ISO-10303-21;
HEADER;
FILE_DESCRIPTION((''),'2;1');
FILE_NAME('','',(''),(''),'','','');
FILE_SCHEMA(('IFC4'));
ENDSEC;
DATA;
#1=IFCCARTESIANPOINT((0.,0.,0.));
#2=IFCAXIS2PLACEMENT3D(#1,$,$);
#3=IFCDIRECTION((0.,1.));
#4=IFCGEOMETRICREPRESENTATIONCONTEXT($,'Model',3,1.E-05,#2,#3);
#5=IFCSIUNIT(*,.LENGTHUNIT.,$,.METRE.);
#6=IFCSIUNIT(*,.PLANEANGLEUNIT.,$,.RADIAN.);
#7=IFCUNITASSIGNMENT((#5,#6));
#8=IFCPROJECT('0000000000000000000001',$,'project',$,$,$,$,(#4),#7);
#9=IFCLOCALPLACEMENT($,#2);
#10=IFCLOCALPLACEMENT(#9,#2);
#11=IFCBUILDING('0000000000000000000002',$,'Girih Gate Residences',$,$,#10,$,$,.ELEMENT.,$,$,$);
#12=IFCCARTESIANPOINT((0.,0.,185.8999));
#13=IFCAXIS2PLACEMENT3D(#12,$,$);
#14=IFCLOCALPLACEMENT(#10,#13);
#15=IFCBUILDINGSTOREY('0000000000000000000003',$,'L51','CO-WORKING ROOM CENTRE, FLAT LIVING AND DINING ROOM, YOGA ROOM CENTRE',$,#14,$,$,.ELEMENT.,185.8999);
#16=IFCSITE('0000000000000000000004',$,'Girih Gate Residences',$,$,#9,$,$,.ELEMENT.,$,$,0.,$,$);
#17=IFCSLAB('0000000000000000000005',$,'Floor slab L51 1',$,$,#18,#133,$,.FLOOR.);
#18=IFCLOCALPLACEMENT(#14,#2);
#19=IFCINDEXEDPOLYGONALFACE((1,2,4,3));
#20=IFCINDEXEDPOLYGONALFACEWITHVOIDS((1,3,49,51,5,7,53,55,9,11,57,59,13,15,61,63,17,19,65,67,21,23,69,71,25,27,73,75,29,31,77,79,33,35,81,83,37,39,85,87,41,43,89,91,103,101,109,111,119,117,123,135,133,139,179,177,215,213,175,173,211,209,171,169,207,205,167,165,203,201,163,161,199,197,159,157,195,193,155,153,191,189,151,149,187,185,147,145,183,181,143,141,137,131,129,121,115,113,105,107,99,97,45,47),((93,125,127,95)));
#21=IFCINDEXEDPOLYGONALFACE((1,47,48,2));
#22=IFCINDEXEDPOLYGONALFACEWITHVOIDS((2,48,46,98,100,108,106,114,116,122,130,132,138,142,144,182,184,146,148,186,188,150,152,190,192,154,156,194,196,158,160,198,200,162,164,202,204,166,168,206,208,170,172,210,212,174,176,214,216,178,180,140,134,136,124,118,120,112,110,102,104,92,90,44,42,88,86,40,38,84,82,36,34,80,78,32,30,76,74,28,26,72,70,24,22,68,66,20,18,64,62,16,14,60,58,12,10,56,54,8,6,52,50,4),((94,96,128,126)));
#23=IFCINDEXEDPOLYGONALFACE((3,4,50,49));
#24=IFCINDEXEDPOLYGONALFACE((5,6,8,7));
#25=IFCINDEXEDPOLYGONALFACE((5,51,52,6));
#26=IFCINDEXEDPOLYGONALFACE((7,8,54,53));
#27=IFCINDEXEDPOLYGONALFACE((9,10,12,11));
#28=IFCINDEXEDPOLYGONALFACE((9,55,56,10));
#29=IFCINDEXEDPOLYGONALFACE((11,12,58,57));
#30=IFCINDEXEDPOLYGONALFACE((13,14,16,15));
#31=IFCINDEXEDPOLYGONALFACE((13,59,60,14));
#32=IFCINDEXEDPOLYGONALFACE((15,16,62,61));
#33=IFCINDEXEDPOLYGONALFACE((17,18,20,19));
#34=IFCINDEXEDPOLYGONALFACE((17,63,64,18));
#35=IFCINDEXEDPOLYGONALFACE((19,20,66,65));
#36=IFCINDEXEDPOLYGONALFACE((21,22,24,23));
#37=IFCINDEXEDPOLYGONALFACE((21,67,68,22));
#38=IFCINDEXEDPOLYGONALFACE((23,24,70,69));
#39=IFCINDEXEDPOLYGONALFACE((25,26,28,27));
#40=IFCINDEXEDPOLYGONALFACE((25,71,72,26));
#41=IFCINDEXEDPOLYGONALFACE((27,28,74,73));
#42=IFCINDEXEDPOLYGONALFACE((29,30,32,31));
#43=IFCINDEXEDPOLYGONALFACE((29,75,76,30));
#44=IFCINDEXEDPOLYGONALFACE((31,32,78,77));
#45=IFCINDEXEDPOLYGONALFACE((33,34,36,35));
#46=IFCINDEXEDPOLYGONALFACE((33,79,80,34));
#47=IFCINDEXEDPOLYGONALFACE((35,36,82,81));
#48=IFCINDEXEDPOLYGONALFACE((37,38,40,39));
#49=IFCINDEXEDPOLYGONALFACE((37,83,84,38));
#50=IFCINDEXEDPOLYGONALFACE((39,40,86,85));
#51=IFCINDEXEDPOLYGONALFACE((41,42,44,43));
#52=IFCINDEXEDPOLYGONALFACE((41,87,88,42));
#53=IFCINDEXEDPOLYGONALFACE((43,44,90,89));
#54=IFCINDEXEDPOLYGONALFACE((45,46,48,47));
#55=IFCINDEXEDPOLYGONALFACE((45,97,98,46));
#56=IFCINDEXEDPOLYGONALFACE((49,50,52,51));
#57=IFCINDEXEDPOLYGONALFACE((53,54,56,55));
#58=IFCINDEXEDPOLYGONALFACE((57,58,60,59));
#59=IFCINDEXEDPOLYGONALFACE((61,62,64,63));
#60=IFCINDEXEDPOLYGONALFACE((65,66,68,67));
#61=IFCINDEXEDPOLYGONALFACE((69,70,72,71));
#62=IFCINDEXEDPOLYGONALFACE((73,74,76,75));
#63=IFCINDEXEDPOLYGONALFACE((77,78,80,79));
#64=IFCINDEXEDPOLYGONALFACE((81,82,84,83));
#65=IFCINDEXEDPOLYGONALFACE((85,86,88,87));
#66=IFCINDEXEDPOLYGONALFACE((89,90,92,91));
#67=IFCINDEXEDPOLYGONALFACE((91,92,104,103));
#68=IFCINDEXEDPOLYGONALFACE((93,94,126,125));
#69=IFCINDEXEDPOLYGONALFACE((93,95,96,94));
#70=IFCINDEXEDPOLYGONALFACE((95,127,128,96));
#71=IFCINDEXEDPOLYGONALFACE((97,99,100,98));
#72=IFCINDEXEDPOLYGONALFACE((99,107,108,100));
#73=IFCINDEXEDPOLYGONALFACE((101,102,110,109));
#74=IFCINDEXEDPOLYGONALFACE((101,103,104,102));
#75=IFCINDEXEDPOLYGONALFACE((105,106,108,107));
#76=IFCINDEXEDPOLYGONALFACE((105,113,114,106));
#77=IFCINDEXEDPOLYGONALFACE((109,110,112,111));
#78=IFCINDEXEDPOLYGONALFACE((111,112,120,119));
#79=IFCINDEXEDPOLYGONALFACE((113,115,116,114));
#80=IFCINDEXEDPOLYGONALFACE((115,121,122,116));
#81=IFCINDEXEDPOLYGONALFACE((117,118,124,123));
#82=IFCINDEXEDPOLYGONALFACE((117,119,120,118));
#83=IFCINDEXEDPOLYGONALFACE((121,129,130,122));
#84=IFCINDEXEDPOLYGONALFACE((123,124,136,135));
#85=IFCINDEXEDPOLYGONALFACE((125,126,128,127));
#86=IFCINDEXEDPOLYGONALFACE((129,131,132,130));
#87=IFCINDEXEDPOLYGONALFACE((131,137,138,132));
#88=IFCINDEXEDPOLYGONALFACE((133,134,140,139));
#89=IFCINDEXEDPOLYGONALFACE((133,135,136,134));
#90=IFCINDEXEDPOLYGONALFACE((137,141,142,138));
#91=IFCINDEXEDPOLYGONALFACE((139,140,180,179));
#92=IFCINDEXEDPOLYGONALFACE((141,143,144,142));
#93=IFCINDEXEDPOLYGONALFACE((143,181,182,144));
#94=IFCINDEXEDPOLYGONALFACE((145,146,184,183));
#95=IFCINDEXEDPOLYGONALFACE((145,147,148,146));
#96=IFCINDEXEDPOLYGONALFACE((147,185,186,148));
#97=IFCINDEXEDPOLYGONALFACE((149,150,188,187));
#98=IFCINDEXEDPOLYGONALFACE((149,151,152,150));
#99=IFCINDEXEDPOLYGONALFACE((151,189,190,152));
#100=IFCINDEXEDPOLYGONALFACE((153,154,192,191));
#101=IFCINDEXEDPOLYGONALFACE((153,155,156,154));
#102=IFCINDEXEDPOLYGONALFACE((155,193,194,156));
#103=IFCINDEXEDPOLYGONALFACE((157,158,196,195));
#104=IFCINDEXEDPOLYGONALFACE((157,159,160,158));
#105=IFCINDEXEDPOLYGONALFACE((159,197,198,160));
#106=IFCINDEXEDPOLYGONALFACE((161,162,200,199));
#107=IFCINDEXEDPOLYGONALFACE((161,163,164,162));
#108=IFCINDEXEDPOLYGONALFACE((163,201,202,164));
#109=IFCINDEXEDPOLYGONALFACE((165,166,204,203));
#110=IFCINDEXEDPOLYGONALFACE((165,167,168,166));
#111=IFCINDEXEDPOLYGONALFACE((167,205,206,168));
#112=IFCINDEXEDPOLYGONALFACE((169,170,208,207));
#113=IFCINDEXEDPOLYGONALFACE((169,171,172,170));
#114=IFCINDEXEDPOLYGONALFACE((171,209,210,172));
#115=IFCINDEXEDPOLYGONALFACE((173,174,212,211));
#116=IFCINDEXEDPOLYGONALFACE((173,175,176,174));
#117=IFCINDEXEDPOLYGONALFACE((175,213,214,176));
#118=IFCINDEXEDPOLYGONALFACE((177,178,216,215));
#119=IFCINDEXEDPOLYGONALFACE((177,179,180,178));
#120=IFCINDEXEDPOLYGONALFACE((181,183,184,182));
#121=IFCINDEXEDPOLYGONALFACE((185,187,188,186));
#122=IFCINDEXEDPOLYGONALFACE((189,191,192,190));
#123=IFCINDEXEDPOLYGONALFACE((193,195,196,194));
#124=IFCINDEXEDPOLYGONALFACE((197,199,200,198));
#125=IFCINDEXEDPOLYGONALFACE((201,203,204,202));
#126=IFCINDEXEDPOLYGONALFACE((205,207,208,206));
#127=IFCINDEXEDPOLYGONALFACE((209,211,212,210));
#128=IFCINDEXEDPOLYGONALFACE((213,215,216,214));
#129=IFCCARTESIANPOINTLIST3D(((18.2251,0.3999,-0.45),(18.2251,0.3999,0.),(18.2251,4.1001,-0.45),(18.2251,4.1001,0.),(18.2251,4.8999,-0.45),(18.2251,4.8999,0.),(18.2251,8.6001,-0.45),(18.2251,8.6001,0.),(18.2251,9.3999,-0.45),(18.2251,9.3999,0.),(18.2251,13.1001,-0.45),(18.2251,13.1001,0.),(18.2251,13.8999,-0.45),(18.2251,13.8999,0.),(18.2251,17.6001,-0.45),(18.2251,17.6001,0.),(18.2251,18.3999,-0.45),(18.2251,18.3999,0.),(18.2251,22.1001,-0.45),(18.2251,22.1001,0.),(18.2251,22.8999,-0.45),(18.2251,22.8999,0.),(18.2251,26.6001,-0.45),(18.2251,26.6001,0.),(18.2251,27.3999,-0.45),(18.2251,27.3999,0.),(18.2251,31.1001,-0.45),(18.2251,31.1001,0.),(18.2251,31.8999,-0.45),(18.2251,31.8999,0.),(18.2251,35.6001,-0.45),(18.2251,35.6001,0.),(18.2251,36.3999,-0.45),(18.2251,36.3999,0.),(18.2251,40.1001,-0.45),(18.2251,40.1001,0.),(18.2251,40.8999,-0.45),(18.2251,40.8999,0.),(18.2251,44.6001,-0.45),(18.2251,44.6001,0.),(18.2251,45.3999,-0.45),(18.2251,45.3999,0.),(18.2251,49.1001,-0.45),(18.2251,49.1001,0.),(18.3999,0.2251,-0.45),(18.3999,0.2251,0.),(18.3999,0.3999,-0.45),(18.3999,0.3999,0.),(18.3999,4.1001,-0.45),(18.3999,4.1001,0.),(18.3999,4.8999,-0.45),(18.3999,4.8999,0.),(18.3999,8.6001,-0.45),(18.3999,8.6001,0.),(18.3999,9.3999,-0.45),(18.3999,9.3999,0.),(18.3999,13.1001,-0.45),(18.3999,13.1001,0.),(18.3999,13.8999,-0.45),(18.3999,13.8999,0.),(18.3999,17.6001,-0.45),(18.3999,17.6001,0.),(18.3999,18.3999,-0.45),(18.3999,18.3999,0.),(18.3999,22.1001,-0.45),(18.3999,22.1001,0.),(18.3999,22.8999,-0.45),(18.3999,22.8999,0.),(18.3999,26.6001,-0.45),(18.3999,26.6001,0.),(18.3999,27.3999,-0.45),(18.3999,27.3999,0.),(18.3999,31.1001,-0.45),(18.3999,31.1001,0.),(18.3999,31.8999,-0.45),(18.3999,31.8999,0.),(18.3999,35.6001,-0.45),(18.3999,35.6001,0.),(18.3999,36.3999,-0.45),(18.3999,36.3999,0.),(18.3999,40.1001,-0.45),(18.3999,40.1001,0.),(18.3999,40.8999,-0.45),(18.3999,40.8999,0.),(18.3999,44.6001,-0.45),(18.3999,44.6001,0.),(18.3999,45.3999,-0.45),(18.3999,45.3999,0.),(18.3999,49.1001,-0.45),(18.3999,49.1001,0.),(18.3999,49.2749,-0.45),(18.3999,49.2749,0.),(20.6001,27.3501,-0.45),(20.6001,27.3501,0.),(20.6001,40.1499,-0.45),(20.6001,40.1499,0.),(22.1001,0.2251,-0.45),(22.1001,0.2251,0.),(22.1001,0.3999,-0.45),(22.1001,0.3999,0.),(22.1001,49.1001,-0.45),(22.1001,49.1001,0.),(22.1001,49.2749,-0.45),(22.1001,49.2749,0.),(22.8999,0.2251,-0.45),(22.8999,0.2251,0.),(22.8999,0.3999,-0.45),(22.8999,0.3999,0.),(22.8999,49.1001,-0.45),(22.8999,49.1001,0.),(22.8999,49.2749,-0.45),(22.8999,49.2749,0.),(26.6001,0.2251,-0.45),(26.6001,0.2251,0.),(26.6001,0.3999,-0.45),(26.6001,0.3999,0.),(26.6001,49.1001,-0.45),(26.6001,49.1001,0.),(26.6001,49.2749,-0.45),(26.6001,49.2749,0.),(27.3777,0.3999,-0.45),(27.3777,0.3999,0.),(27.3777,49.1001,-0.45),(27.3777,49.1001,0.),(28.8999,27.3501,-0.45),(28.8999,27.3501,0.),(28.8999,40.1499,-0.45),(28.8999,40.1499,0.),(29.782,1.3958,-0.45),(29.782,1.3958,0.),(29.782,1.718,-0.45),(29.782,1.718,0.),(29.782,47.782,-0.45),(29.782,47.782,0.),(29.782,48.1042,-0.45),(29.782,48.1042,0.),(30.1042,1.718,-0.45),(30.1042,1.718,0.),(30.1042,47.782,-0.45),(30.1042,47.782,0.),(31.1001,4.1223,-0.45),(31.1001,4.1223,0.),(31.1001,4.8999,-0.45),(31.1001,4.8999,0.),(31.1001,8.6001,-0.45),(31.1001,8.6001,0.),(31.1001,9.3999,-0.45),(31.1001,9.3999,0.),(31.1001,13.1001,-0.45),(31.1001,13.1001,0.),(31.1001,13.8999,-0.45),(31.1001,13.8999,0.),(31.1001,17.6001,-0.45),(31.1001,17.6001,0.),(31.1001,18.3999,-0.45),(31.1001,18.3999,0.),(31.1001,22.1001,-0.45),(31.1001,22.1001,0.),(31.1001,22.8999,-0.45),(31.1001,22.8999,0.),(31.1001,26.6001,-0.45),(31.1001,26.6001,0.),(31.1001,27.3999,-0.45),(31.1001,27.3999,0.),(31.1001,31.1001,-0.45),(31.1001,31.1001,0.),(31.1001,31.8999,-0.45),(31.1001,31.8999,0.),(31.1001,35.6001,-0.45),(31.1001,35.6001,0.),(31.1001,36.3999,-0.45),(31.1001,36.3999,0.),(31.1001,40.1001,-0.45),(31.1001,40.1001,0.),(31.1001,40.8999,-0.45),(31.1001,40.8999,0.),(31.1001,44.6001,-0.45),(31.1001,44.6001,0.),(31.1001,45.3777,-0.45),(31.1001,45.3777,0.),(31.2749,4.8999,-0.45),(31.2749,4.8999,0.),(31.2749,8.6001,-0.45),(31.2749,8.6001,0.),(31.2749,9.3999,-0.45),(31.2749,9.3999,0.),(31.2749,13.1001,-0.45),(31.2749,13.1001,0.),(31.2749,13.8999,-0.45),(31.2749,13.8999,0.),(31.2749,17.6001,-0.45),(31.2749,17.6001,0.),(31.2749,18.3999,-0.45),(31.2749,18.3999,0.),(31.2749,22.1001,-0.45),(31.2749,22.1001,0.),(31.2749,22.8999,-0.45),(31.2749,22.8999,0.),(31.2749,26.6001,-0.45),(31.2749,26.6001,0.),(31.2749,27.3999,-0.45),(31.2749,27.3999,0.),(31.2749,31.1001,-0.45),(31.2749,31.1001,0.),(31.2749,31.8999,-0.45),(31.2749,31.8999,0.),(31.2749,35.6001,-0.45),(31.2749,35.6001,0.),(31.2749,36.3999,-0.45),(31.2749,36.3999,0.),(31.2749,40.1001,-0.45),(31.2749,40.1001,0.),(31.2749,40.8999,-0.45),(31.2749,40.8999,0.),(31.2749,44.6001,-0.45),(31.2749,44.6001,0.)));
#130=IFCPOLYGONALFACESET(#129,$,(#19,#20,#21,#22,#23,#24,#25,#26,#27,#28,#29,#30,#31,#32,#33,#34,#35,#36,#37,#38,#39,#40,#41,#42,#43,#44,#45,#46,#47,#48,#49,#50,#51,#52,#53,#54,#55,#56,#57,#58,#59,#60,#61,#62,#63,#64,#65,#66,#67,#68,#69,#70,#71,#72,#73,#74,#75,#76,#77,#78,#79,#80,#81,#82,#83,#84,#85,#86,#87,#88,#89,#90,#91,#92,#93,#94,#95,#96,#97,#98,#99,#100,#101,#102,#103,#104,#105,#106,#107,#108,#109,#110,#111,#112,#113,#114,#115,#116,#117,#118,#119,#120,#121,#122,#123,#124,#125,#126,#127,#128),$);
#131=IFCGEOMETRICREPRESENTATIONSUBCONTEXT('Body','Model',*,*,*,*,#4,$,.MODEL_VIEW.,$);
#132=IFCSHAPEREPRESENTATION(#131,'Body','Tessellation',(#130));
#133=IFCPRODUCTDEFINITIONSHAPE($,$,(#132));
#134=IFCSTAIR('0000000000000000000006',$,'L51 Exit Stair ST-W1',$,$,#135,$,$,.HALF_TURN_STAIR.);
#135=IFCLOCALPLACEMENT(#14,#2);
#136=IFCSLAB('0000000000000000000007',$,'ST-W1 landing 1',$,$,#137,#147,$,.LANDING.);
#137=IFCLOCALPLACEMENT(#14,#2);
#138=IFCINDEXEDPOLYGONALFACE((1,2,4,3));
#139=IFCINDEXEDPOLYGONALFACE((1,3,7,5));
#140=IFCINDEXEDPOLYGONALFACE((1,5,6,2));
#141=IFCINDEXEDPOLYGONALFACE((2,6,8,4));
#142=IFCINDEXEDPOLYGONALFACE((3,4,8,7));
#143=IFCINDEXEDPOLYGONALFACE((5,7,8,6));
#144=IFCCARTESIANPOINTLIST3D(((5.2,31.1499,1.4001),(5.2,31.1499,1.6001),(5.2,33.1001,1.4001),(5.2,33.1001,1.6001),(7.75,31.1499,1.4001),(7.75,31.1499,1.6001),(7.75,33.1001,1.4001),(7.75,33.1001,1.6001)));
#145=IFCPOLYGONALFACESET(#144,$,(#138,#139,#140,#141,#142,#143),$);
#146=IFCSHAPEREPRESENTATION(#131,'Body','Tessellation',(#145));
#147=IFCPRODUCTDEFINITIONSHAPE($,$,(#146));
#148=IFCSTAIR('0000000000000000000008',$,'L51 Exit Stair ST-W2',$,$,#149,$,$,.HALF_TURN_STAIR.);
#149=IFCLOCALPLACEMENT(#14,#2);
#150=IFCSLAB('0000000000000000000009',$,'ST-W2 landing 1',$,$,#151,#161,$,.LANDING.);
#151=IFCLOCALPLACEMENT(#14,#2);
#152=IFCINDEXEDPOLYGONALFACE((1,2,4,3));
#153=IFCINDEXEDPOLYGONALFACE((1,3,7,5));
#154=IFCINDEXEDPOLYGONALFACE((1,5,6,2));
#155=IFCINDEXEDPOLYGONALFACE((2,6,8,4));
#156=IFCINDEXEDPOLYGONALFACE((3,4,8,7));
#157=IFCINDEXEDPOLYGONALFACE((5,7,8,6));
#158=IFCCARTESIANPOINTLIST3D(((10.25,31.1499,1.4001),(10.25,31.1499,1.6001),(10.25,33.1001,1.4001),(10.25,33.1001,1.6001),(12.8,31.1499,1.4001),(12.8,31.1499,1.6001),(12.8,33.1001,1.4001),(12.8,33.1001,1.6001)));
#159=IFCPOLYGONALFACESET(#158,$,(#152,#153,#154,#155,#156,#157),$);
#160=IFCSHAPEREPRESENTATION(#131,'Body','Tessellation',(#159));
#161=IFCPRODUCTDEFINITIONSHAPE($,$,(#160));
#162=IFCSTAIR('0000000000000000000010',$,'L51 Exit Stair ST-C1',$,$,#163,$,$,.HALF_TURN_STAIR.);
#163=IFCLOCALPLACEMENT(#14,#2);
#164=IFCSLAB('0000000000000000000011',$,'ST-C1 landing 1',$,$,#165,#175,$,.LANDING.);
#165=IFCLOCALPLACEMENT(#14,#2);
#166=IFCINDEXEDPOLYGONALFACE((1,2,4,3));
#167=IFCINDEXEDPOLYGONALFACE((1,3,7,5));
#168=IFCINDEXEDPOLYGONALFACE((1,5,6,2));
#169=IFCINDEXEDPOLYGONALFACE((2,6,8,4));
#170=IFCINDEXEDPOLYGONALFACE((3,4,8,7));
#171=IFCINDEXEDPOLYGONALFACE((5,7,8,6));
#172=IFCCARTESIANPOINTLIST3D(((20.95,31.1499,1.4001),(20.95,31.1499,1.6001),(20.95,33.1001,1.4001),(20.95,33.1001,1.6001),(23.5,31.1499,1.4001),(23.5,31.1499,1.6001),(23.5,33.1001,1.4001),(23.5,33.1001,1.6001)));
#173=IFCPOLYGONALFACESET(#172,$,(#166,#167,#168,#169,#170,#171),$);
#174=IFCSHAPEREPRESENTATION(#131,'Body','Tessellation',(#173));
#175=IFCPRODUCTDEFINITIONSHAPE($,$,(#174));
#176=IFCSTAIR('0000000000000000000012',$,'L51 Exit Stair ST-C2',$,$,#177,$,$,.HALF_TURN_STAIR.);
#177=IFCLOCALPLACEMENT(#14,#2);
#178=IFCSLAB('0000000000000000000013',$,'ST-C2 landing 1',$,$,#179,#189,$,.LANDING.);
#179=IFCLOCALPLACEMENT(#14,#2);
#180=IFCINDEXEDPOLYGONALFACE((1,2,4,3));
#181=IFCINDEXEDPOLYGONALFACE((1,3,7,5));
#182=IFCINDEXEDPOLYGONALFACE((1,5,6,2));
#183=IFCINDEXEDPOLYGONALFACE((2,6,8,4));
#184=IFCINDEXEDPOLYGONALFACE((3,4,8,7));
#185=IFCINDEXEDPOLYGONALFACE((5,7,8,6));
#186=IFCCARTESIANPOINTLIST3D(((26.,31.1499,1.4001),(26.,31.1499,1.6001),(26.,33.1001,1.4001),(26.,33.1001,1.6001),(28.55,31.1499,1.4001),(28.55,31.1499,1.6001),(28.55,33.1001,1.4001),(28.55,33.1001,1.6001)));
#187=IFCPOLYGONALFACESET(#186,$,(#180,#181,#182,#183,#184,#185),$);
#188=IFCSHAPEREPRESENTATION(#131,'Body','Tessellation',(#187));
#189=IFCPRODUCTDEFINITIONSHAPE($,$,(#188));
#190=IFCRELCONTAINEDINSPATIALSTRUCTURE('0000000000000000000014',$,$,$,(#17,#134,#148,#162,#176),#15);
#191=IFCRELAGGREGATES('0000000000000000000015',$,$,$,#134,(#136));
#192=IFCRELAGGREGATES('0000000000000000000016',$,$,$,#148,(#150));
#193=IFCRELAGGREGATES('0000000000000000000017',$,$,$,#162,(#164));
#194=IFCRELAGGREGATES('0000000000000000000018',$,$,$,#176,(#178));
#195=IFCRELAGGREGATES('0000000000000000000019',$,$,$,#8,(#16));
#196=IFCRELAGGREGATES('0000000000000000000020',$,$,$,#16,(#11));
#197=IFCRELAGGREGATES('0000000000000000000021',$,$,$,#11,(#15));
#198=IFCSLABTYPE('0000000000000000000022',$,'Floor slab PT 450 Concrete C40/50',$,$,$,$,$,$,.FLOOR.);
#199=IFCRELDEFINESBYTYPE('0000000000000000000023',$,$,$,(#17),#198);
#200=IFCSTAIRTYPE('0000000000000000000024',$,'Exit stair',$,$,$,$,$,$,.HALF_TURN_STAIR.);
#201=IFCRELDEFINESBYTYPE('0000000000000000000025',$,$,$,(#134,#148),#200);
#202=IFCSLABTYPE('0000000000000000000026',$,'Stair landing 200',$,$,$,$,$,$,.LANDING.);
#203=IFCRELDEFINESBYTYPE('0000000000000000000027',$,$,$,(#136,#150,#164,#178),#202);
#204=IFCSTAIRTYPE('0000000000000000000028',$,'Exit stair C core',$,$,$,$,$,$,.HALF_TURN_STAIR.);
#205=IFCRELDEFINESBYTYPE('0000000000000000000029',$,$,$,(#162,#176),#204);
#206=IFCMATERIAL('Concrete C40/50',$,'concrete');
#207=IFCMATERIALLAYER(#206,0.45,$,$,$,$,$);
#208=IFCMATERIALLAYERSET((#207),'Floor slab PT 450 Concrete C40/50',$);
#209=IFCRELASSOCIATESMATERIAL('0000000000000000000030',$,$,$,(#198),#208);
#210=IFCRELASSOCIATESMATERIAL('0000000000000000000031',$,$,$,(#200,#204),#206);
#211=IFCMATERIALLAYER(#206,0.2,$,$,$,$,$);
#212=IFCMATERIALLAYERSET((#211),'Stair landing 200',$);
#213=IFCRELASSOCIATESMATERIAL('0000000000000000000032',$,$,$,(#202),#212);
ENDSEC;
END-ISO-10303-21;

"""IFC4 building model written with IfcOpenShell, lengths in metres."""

from ifc_helpers import new_model, si_unit, direction, frame, origin, place, context, subcontext, project, spatial, polyline, outline, extrude, material, layer, layer_set, type_object, element, aggregate, save


model = new_model("IFC4")

# Units and contexts
model_context = context("Model", 3, precision=1e-05, world=origin(), true_north=direction((0.0, 1.0)))
body_context = subcontext(model_context, "Body", "Model", "MODEL_VIEW")
ifc_project = project(units=[si_unit("LENGTHUNIT", "METRE"), si_unit("PLANEANGLEUNIT", "RADIAN")], contexts=[model_context])

# Site, building, storey
site_placement = place(None, origin())
site = spatial("IfcSite", under=ifc_project, at=site_placement, Name="Girih Gate Residences", CompositionType="ELEMENT", RefElevation=0.0)
building_placement = place(site_placement, origin())
building = spatial("IfcBuilding", under=site, at=building_placement, Name="Girih Gate Residences", CompositionType="ELEMENT")
storey_placement = place(building_placement, frame((0.0, 0.0, 185.8999)))
storey = spatial("IfcBuildingStorey", under=building, at=storey_placement, Name="L51", Description="CO-WORKING ROOM CENTRE, FLAT LIVING AND DINING ROOM, YOGA ROOM CENTRE", CompositionType="ELEMENT", Elevation=185.8999)

# Slab
ifc_material_1 = material(Name="Concrete C40/50", Category="concrete")
ifc_layer_1 = layer(ifc_material_1, 0.45)
ifc_layer_set_1 = layer_set([ifc_layer_1], Name="Floor slab PT 450 Concrete C40/50")
slab_type_1 = type_object("IfcSlabType", Name="Floor slab PT 450 Concrete C40/50", PredefinedType="FLOOR", material=ifc_layer_set_1)
slab_1_placement = place(storey_placement, frame((0.0, 0.0, -0.45)))
element("IfcSlab", 1, at=slab_1_placement, inside=storey, type_object=slab_type_1, Name="Floor slab L51 1", PredefinedType="FLOOR", context=body_context, shape_type="SweptSolid", body=[
    extrude(outline(polyline([(22.8999, 0.2251), (26.6001, 0.2251), (26.6001, 0.3999), (27.3777, 0.3999), (29.782, 1.3958), (29.782, 1.718), (30.1042, 1.718), (31.1001, 4.1223), (31.1001, 4.8999), (31.2749, 4.8999), (31.2749, 8.6001), (31.1001, 8.6001), (31.1001, 9.3999), (31.2749, 9.3999), (31.2749, 13.1001), (31.1001, 13.1001), (31.1001, 13.8999), (31.2749, 13.8999), (31.2749, 17.6001), (31.1001, 17.6001), (31.1001, 18.3999), (31.2749, 18.3999), (31.2749, 22.1001), (31.1001, 22.1001), (31.1001, 22.8999), (31.2749, 22.8999), (31.2749, 26.6001), (31.1001, 26.6001), (31.1001, 27.3999), (31.2749, 27.3999), (31.2749, 31.1001), (31.1001, 31.1001), (31.1001, 31.8999), (31.2749, 31.8999), (31.2749, 35.6001), (31.1001, 35.6001), (31.1001, 36.3999), (31.2749, 36.3999), (31.2749, 40.1001), (31.1001, 40.1001), (31.1001, 40.8999), (31.2749, 40.8999), (31.2749, 44.6001), (31.1001, 44.6001), (31.1001, 45.3777), (30.1042, 47.782), (29.782, 47.782), (29.782, 48.1042), (27.3777, 49.1001), (26.6001, 49.1001), (26.6001, 49.2749), (22.8999, 49.2749), (22.8999, 49.1001), (22.1001, 49.1001), (22.1001, 49.2749), (18.3999, 49.2749), (18.3999, 49.1001), (18.2251, 49.1001), (18.2251, 45.3999), (18.3999, 45.3999), (18.3999, 44.6001), (18.2251, 44.6001), (18.2251, 40.8999), (18.3999, 40.8999), (18.3999, 40.1001), (18.2251, 40.1001), (18.2251, 36.3999), (18.3999, 36.3999), (18.3999, 35.6001), (18.2251, 35.6001), (18.2251, 31.8999), (18.3999, 31.8999), (18.3999, 31.1001), (18.2251, 31.1001), (18.2251, 27.3999), (18.3999, 27.3999), (18.3999, 26.6001), (18.2251, 26.6001), (18.2251, 22.8999), (18.3999, 22.8999), (18.3999, 22.1001), (18.2251, 22.1001), (18.2251, 18.3999), (18.3999, 18.3999), (18.3999, 17.6001), (18.2251, 17.6001), (18.2251, 13.8999), (18.3999, 13.8999), (18.3999, 13.1001), (18.2251, 13.1001), (18.2251, 9.3999), (18.3999, 9.3999), (18.3999, 8.6001), (18.2251, 8.6001), (18.2251, 4.8999), (18.3999, 4.8999), (18.3999, 4.1001), (18.2251, 4.1001), (18.2251, 0.3999), (18.3999, 0.3999), (18.3999, 0.2251), (22.1001, 0.2251), (22.1001, 0.3999), (22.8999, 0.3999), (22.8999, 0.2251)]), holes=[polyline([(28.8999, 40.1499), (28.8999, 27.3501), (20.6001, 27.3501), (20.6001, 40.1499), (28.8999, 40.1499)])]), origin(), (0.0, 0.0, 1.0), 0.45),
])

# Stairs, slabs
stair_type_1 = type_object("IfcStairType", Name="Exit stair", PredefinedType="HALF_TURN_STAIR", material=ifc_material_1)
stair_1_placement = place(storey_placement, origin())
stair_1 = element("IfcStair", 2, at=stair_1_placement, inside=storey, type_object=stair_type_1, Name="L51 Exit Stair ST-W1", PredefinedType="HALF_TURN_STAIR")
ifc_layer_2 = layer(ifc_material_1, 0.2)
ifc_layer_set_2 = layer_set([ifc_layer_2], Name="Stair landing 200")
slab_type_2 = type_object("IfcSlabType", Name="Stair landing 200", PredefinedType="LANDING", material=ifc_layer_set_2)
slab_2_placement = place(storey_placement, frame((0.0, 0.0, 1.4001)))
slab_2 = element("IfcSlab", 3, at=slab_2_placement, type_object=slab_type_2, Name="ST-W1 landing 1", PredefinedType="LANDING", context=body_context, shape_type="SweptSolid", body=[
    extrude(outline(polyline([(7.75, 31.1499), (7.75, 33.1001), (5.2, 33.1001), (5.2, 31.1499), (7.75, 31.1499)])), origin(), (0.0, 0.0, 1.0), 0.2),
])
aggregate(stair_1, [slab_2])
stair_2_placement = place(storey_placement, origin())
stair_2 = element("IfcStair", 4, at=stair_2_placement, inside=storey, type_object=stair_type_1, Name="L51 Exit Stair ST-W2", PredefinedType="HALF_TURN_STAIR")
slab_3_placement = place(storey_placement, frame((0.0, 0.0, 1.4001)))
slab_3 = element("IfcSlab", 5, at=slab_3_placement, type_object=slab_type_2, Name="ST-W2 landing 1", PredefinedType="LANDING", context=body_context, shape_type="SweptSolid", body=[
    extrude(outline(polyline([(12.8, 31.1499), (12.8, 33.1001), (10.25, 33.1001), (10.25, 31.1499), (12.8, 31.1499)])), origin(), (0.0, 0.0, 1.0), 0.2),
])
aggregate(stair_2, [slab_3])
stair_type_2 = type_object("IfcStairType", Name="Exit stair C core", PredefinedType="HALF_TURN_STAIR", material=ifc_material_1)
stair_3_placement = place(storey_placement, origin())
stair_3 = element("IfcStair", 6, at=stair_3_placement, inside=storey, type_object=stair_type_2, Name="L51 Exit Stair ST-C1", PredefinedType="HALF_TURN_STAIR")
slab_4_placement = place(storey_placement, frame((0.0, 0.0, 1.4001)))
slab_4 = element("IfcSlab", 7, at=slab_4_placement, type_object=slab_type_2, Name="ST-C1 landing 1", PredefinedType="LANDING", context=body_context, shape_type="SweptSolid", body=[
    extrude(outline(polyline([(23.5, 31.1499), (23.5, 33.1001), (20.95, 33.1001), (20.95, 31.1499), (23.5, 31.1499)])), origin(), (0.0, 0.0, 1.0), 0.2),
])
aggregate(stair_3, [slab_4])
stair_4_placement = place(storey_placement, origin())
stair_4 = element("IfcStair", 8, at=stair_4_placement, inside=storey, type_object=stair_type_2, Name="L51 Exit Stair ST-C2", PredefinedType="HALF_TURN_STAIR")
slab_5_placement = place(storey_placement, frame((0.0, 0.0, 1.4001)))
slab_5 = element("IfcSlab", 9, at=slab_5_placement, type_object=slab_type_2, Name="ST-C2 landing 1", PredefinedType="LANDING", context=body_context, shape_type="SweptSolid", body=[
    extrude(outline(polyline([(28.55, 31.1499), (28.55, 33.1001), (26.0, 33.1001), (26.0, 31.1499), (28.55, 31.1499)])), origin(), (0.0, 0.0, 1.0), 0.2),
])
aggregate(stair_4, [slab_5])

save(model, "model.ifc")
